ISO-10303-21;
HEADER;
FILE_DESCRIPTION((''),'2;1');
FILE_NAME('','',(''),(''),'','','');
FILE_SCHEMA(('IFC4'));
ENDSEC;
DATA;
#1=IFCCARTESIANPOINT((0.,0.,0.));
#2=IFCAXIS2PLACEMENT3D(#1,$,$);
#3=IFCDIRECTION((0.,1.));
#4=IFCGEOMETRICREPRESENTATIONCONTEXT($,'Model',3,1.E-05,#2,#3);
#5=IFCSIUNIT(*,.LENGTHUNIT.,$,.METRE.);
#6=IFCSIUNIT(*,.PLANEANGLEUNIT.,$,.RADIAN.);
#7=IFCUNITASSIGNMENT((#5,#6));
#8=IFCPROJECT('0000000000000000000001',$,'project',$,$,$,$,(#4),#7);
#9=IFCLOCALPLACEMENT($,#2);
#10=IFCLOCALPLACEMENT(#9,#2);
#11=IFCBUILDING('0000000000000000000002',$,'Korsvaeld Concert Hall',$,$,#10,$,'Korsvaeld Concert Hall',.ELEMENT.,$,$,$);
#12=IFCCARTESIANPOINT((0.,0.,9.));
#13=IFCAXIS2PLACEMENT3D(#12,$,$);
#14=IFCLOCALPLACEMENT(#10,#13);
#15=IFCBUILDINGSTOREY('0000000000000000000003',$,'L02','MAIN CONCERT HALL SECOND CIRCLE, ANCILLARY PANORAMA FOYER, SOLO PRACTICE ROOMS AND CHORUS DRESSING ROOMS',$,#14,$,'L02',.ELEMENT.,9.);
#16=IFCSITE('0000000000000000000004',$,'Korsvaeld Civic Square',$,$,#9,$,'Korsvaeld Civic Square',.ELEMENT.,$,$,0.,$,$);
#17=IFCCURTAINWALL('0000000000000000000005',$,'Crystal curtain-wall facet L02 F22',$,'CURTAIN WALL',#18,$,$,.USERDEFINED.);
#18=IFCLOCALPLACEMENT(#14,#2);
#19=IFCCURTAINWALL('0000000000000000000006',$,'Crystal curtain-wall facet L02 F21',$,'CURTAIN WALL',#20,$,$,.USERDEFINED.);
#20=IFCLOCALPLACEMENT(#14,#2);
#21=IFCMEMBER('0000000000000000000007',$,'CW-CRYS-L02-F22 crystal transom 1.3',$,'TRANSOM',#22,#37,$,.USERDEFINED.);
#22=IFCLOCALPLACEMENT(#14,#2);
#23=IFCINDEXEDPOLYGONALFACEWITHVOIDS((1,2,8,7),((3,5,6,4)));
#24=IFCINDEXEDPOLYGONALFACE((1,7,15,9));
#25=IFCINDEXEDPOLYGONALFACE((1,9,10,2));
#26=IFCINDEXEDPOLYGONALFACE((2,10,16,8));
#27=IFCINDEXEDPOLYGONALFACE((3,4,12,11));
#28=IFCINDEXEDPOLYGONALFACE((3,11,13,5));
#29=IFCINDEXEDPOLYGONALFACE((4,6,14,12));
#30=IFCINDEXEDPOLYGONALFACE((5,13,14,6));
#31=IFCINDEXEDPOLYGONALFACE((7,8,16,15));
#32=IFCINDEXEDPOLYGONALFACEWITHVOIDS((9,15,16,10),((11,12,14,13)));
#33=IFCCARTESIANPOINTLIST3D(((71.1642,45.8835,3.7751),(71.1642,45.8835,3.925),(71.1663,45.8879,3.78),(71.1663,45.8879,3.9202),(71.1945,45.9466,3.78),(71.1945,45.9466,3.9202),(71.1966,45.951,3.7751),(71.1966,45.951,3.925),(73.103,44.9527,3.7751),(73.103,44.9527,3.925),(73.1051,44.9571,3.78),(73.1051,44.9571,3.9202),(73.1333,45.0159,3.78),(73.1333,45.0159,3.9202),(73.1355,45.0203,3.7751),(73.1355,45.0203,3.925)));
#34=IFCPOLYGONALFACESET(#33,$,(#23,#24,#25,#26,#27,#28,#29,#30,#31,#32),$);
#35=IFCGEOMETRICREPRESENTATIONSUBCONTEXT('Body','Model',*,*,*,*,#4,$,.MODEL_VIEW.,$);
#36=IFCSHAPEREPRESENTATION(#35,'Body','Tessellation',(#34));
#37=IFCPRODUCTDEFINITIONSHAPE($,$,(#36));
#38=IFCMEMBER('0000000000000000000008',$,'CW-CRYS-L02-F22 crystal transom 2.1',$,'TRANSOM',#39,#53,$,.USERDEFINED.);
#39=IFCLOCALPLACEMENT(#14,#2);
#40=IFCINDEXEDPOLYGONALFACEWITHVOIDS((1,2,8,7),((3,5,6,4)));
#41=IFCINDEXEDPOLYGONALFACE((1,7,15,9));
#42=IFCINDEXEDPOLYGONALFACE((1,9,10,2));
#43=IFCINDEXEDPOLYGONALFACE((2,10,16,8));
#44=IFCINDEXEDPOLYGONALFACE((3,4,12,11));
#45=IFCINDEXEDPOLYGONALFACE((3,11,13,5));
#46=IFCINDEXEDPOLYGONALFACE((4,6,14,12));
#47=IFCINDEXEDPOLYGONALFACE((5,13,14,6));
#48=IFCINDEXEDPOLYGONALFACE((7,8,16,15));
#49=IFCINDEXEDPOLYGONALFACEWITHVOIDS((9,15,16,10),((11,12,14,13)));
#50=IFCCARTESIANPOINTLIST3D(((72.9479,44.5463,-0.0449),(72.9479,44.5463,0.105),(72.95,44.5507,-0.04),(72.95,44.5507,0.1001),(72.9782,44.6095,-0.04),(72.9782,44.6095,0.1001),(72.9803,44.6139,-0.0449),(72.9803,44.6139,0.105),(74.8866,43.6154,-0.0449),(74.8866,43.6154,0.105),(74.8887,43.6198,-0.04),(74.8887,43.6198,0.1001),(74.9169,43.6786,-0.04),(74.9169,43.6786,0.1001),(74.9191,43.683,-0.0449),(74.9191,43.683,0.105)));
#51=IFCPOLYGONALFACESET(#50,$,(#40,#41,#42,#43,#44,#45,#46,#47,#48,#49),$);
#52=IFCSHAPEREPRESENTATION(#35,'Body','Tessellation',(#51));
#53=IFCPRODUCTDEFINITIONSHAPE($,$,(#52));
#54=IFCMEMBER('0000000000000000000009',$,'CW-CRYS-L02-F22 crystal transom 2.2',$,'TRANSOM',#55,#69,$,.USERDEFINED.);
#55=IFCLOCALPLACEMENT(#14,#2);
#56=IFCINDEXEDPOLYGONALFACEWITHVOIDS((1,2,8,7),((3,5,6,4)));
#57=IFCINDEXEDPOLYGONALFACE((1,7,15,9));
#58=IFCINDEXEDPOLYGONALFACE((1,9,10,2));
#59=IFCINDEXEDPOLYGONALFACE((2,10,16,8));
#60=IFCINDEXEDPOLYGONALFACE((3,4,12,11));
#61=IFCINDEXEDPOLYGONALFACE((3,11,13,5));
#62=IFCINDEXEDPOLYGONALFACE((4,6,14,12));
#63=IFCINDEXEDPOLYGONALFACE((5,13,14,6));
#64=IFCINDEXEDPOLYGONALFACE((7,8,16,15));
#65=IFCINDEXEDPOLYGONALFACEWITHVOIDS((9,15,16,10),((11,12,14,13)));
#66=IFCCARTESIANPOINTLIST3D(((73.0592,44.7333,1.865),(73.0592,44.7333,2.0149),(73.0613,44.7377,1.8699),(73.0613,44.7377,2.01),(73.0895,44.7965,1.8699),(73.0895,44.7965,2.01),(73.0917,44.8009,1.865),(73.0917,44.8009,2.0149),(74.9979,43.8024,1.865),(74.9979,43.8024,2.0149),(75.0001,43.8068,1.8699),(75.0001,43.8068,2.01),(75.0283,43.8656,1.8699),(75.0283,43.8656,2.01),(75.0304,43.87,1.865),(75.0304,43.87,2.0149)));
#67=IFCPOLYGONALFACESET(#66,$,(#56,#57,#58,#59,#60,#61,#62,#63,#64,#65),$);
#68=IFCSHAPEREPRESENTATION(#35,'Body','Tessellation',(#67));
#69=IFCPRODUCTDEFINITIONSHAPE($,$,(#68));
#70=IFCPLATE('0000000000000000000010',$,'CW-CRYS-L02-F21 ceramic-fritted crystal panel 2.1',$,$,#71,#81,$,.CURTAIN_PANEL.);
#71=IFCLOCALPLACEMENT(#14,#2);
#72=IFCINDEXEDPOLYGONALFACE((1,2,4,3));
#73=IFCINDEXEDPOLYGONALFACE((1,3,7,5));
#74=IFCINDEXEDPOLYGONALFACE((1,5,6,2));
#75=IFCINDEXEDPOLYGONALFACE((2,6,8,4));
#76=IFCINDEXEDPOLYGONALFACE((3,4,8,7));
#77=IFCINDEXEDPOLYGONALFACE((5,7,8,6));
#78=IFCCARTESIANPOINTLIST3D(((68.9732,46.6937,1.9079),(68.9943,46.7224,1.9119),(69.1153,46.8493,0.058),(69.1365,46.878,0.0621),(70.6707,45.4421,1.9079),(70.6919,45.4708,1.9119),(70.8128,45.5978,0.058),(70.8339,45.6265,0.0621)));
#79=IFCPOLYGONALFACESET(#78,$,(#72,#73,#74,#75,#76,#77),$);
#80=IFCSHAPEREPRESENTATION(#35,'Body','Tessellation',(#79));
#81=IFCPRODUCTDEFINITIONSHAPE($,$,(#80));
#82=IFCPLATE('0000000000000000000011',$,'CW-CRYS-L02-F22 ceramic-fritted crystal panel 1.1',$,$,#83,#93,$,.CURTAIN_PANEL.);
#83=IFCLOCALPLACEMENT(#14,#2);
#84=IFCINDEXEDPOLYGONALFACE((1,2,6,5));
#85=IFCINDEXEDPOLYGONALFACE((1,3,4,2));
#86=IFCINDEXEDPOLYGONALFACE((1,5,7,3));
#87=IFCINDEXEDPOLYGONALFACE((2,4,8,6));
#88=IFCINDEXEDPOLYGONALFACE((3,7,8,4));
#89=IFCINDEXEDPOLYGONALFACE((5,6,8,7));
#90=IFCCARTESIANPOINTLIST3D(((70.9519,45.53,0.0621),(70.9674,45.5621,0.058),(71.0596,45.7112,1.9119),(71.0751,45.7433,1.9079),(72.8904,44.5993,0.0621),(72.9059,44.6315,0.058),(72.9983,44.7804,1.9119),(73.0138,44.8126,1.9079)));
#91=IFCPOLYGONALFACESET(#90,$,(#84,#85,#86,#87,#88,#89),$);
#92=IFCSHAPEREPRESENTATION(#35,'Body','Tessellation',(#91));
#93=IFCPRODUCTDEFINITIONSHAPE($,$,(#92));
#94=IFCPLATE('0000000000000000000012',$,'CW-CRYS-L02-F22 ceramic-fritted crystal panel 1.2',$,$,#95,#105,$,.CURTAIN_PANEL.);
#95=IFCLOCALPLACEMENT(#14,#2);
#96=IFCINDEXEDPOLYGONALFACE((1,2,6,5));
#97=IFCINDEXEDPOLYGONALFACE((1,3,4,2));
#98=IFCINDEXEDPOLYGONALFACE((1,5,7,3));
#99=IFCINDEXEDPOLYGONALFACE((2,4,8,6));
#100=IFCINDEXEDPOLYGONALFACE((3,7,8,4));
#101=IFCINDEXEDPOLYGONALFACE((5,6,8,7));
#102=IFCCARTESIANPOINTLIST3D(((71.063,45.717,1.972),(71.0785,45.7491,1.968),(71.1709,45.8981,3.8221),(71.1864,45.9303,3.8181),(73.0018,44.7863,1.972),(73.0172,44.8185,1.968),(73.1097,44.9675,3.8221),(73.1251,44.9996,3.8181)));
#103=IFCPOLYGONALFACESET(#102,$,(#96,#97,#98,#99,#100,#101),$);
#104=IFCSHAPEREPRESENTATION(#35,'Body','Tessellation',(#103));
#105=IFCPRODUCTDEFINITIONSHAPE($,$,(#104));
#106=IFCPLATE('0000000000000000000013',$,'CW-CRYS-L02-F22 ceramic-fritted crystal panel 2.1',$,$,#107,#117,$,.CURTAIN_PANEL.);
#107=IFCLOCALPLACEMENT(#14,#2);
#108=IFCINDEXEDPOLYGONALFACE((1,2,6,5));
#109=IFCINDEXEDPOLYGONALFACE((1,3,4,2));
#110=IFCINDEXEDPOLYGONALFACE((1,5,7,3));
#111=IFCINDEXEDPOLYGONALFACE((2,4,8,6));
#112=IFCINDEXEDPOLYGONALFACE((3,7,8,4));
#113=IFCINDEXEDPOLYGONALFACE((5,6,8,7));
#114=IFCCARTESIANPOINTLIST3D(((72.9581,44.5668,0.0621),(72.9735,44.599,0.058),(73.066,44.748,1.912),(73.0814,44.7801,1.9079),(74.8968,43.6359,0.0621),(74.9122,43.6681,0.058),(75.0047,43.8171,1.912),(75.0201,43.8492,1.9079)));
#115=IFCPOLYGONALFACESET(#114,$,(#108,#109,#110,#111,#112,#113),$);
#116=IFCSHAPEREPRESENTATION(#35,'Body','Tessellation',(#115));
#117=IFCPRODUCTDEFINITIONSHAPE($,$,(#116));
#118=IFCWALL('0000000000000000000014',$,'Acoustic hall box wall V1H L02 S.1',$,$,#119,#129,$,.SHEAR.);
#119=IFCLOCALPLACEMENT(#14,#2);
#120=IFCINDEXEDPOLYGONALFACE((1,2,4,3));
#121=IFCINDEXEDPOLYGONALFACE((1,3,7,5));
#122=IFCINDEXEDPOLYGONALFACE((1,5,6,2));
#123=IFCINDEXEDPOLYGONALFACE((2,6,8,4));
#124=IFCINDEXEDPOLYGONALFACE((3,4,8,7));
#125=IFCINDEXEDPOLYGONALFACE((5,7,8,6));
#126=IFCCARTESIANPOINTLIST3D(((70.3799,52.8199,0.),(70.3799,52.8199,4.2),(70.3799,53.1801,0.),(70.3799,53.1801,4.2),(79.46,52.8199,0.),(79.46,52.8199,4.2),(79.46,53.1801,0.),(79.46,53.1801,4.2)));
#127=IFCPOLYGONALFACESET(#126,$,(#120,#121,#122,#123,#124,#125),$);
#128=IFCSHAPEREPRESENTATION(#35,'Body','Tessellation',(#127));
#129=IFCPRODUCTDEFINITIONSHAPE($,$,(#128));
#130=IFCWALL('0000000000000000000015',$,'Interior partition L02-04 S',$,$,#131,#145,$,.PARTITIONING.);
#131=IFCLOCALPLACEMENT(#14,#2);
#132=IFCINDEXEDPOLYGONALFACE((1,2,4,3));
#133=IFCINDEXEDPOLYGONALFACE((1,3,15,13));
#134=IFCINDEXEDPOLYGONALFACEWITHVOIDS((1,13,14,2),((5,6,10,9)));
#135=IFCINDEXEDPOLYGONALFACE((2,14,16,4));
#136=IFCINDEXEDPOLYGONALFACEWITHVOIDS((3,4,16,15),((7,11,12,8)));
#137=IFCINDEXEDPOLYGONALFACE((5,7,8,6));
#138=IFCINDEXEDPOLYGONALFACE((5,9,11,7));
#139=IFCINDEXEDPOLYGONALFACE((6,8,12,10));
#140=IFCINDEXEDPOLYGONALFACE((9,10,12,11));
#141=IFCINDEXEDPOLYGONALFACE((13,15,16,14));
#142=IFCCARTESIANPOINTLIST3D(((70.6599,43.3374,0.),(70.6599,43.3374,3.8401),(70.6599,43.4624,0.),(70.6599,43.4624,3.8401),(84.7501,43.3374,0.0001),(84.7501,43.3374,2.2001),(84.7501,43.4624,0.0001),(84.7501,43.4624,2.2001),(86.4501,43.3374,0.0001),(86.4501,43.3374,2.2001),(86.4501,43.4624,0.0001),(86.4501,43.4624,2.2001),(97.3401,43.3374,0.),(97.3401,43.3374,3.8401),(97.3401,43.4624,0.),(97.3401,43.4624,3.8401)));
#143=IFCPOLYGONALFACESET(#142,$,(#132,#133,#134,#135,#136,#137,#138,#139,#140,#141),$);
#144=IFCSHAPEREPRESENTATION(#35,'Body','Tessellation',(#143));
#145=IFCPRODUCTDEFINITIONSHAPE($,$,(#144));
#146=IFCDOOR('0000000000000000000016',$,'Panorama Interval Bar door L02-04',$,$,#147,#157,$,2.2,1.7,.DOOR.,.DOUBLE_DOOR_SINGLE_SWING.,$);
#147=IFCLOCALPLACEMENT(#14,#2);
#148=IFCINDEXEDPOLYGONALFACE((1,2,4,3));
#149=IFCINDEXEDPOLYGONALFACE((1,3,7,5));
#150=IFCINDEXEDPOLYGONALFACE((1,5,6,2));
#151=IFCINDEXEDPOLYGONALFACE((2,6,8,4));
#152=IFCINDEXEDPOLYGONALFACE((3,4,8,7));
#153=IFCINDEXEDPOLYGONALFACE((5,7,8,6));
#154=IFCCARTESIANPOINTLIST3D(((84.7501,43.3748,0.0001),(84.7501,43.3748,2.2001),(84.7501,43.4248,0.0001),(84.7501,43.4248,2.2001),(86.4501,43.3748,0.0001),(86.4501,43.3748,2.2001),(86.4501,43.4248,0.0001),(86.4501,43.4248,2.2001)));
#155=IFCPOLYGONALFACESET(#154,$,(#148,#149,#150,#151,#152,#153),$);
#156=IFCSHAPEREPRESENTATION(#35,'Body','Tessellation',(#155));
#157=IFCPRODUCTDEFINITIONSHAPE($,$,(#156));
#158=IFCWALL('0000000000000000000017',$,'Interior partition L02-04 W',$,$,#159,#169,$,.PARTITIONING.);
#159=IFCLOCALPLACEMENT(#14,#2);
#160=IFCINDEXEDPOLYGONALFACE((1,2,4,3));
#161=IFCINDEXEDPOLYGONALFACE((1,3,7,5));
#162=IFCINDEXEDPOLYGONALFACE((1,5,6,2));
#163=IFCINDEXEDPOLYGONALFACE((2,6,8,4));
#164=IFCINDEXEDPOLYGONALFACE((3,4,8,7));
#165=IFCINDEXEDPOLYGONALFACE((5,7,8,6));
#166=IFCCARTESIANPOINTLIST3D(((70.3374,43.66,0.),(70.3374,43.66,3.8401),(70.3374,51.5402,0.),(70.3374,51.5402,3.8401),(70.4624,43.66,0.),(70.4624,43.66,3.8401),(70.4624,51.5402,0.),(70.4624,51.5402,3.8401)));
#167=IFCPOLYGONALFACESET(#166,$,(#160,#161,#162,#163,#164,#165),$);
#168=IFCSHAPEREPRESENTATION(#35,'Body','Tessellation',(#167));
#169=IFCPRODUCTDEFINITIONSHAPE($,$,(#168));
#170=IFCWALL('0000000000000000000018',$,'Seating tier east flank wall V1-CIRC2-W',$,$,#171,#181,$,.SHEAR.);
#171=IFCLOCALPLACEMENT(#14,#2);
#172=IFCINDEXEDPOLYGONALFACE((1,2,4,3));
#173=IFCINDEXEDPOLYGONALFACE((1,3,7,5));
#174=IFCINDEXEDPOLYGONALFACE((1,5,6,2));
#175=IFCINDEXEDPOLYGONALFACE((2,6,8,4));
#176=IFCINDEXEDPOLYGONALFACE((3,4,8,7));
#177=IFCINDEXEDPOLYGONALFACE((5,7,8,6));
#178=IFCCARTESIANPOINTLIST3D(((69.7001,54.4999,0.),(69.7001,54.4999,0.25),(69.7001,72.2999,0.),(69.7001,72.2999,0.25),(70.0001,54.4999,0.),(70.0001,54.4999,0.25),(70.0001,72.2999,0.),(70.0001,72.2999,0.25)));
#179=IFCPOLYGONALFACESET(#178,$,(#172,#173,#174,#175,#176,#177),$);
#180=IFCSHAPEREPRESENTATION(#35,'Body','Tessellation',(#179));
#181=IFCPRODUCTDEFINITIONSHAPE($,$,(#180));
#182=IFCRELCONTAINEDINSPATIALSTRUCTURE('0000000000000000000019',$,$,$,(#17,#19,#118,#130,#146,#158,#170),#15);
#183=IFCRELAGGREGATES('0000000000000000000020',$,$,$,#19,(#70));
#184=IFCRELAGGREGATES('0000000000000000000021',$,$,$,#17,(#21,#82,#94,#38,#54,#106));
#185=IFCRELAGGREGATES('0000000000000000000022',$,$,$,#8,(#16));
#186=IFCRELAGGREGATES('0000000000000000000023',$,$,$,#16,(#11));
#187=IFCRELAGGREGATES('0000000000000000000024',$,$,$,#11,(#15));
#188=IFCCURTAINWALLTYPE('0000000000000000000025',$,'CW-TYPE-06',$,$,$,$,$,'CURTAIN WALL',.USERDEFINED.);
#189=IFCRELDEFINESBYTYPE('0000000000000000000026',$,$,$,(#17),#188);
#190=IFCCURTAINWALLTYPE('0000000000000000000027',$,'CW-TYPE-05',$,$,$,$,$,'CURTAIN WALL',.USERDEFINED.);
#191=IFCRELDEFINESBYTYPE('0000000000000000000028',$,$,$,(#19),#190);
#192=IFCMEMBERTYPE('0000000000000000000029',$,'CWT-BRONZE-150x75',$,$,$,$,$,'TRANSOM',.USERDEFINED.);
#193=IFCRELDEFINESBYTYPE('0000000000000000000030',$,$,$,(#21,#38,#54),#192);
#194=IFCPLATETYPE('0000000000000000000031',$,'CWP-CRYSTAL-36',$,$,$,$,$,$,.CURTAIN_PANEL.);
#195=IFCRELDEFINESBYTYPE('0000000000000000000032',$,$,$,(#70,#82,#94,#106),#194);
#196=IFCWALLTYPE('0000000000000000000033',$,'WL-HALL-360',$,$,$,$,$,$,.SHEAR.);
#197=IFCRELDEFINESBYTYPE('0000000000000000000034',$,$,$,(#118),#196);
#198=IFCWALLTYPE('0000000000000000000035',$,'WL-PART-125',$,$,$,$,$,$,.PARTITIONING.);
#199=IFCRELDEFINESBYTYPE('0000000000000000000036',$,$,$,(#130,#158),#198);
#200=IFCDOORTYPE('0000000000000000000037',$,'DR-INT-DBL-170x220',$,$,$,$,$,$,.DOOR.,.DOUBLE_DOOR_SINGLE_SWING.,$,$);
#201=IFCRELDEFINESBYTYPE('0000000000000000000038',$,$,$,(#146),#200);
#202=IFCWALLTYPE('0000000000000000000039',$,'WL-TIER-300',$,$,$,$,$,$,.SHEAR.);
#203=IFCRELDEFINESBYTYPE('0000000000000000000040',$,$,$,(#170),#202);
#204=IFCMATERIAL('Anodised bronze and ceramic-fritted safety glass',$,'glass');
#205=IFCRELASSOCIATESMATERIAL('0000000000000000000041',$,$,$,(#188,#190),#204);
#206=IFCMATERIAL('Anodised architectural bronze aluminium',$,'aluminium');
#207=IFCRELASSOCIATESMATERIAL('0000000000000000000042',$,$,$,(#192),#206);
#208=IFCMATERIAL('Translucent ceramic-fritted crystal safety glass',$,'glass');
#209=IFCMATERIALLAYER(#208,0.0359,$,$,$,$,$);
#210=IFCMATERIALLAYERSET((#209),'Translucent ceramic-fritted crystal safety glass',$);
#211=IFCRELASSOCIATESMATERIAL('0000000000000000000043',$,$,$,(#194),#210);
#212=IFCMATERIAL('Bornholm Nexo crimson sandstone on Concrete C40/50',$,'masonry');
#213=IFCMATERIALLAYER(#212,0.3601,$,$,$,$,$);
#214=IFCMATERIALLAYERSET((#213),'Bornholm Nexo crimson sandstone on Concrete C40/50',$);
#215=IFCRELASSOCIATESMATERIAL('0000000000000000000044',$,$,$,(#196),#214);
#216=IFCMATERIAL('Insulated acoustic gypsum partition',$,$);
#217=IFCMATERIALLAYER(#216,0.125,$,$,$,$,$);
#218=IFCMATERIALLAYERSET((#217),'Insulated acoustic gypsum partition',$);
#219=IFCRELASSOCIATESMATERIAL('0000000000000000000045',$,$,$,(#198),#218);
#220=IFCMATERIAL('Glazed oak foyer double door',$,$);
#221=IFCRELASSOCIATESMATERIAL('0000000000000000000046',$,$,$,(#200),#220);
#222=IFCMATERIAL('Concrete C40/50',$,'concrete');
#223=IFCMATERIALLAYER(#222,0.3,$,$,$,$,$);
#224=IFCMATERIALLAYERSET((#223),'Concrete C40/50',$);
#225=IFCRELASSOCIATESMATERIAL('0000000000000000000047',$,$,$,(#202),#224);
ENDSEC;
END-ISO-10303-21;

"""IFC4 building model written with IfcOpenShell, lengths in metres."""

from ifc_helpers import new_model, si_unit, direction, frame, frame_2d, origin, origin_2d, place, context, subcontext, project, spatial, polyline, rectangle, hollow_rectangle, outline, extrude, material, layer, layer_set, material_profile, profile_set, type_object, element, fill, aggregate, save


model = new_model("IFC4")

# Units and contexts
model_context = context("Model", 3, precision=1e-05, world=origin(), true_north=direction((0.0, 1.0)))
body_context = subcontext(model_context, "Body", "Model", "MODEL_VIEW")
ifc_project = project(units=[si_unit("LENGTHUNIT", "METRE"), si_unit("PLANEANGLEUNIT", "RADIAN")], contexts=[model_context])

# Site, building, storey
site_placement = place(None, origin())
site = spatial("IfcSite", under=ifc_project, at=site_placement, Name="Korsvaeld Civic Square", LongName="Korsvaeld Civic Square", CompositionType="ELEMENT", RefElevation=0.0)
building_placement = place(site_placement, origin())
building = spatial("IfcBuilding", under=site, at=building_placement, Name="Korsvaeld Concert Hall", LongName="Korsvaeld Concert Hall", CompositionType="ELEMENT")
storey_placement = place(building_placement, frame((0.0, 0.0, 9.0)))
storey = spatial("IfcBuildingStorey", under=building, at=storey_placement, Name="L02", Description="MAIN CONCERT HALL SECOND CIRCLE, ANCILLARY PANORAMA FOYER, SOLO PRACTICE ROOMS AND CHORUS DRESSING ROOMS", LongName="L02", CompositionType="ELEMENT", Elevation=9.0)

# Shared definitions
ifc_material_1 = material(Name="Concrete C40/50", Category="concrete")

# Curtain walls
ifc_material_2 = material(Name="Anodised bronze and ceramic-fritted safety glass", Category="glass")
curtain_wall_type_1 = type_object("IfcCurtainWallType", Name="CW-TYPE-06", ElementType="CURTAIN WALL", PredefinedType="USERDEFINED", material=ifc_material_2)
curtain_wall_1_placement = place(storey_placement, origin())
curtain_wall_1 = element("IfcCurtainWall", 1, at=curtain_wall_1_placement, inside=storey, type_object=curtain_wall_type_1, Name="Crystal curtain-wall facet L02 F22", ObjectType="CURTAIN WALL", PredefinedType="USERDEFINED")
ifc_material_3 = material(Name="Anodised architectural bronze aluminium", Category="aluminium")
curtain_wall_type_2 = type_object("IfcCurtainWallType", Name="CW-TYPE-05", ElementType="CURTAIN WALL", PredefinedType="USERDEFINED", material=ifc_material_2)
curtain_wall_2_placement = place(storey_placement, origin())
curtain_wall_2 = element("IfcCurtainWall", 2, at=curtain_wall_2_placement, inside=storey, type_object=curtain_wall_type_2, Name="Crystal curtain-wall facet L02 F21", ObjectType="CURTAIN WALL", PredefinedType="USERDEFINED")
ifc_material_profile_1 = material_profile(ifc_material_3, hollow_rectangle(XDim=0.075, YDim=0.1499, WallThickness=0.0049, at=origin_2d()), Name="CWT 150x75x5")
ifc_profile_set_1 = profile_set([ifc_material_profile_1], Name="Anodised architectural bronze aluminium")
member_type_1 = type_object("IfcMemberType", Name="CWT-BRONZE-150x75", ElementType="TRANSOM", PredefinedType="USERDEFINED", material=ifc_profile_set_1)

# Members
member_1_placement = place(storey_placement, frame((71.1804, 45.9172, 3.8501), z_axis=(0.901509, -0.432761, 0.0), x_axis=(0.432761, 0.901509, 0.0)))
member_1 = element("IfcMember", 3, at=member_1_placement, type_object=member_type_1, Name="CW-CRYS-L02-F22 crystal transom 1.3", ObjectType="TRANSOM", PredefinedType="USERDEFINED", context=body_context, shape_type="SweptSolid", body=[
    extrude(hollow_rectangle(XDim=0.075, YDim=0.1499, WallThickness=0.0049, at=origin_2d()), origin(), (0.0, 0.0, 1.0), 2.1506),
])
member_2_placement = place(storey_placement, frame((72.9641, 44.5801, 0.03), z_axis=(0.901465, -0.432853, 0.0), x_axis=(0.432853, 0.901465, 0.0)))
member_2 = element("IfcMember", 4, at=member_2_placement, type_object=member_type_1, Name="CW-CRYS-L02-F22 crystal transom 2.1", ObjectType="TRANSOM", PredefinedType="USERDEFINED", context=body_context, shape_type="SweptSolid", body=[
    extrude(hollow_rectangle(XDim=0.075, YDim=0.1499, WallThickness=0.0049, at=origin_2d()), origin(), (0.0, 0.0, 1.0), 2.1506),
])
member_3_placement = place(storey_placement, frame((73.0754, 44.7671, 1.9399), z_axis=(0.901465, -0.432853, 0.0), x_axis=(0.432853, 0.901465, 0.0)))
member_3 = element("IfcMember", 5, at=member_3_placement, type_object=member_type_1, Name="CW-CRYS-L02-F22 crystal transom 2.2", ObjectType="TRANSOM", PredefinedType="USERDEFINED", context=body_context, shape_type="SweptSolid", body=[
    extrude(hollow_rectangle(XDim=0.075, YDim=0.1499, WallThickness=0.0049, at=origin_2d()), origin(), (0.0, 0.0, 1.0), 2.1506),
])

# Plates
ifc_material_4 = material(Name="Translucent ceramic-fritted crystal safety glass", Category="glass")
ifc_layer_1 = layer(ifc_material_4, 0.0359)
ifc_layer_set_1 = layer_set([ifc_layer_1], Name="Translucent ceramic-fritted crystal safety glass")
plate_type = type_object("IfcPlateType", Name="CWP-CRYSTAL-36", PredefinedType="CURTAIN_PANEL", material=ifc_layer_set_1)
plate_1_placement = place(storey_placement, frame((69.126, 46.8638, 0.0601), z_axis=(-0.589669, -0.79976, -0.112582), x_axis=(0.804877, -0.593441, -0.000005)))
plate_1 = element("IfcPlate", 6, at=plate_1_placement, type_object=plate_type, Name="CW-CRYS-L02-F21 ceramic-fritted crystal panel 2.1", PredefinedType="CURTAIN_PANEL", context=body_context, shape_type="SweptSolid", body=[
    extrude(outline(polyline([(0.0, 0.0), (2.109, 0.0), (2.087, 1.8617), (-0.0221, 1.8617), (0.0, 0.0)])), frame((0.0, 0.0, 0.0181)), (0.0, 0.0, -1.0), 0.0359),
])
aggregate(curtain_wall_2, [plate_1])
plate_2_placement = place(storey_placement, frame((70.9597, 45.5461, 0.0601), z_axis=(-0.430022, -0.895747, 0.112775), x_axis=(0.901498, -0.432783, -0.000003)))
plate_2 = element("IfcPlate", 7, at=plate_2_placement, type_object=plate_type, Name="CW-CRYS-L02-F22 ceramic-fritted crystal panel 1.1", PredefinedType="CURTAIN_PANEL", context=body_context, shape_type="SweptSolid", body=[
    extrude(outline(polyline([(0.0, 0.0), (2.1503, 0.0), (2.1692, 1.8617), (0.0187, 1.8617), (0.0, 0.0)])), frame((0.0, 0.0, 0.0181)), (0.0, 0.0, -1.0), 0.0359),
])
plate_3_placement = place(storey_placement, frame((71.0708, 45.7332, 1.97), z_axis=(-0.429999, -0.895756, 0.112788), x_axis=(0.901509, -0.432761, 0.0)))
plate_3 = element("IfcPlate", 8, at=plate_3_placement, type_object=plate_type, Name="CW-CRYS-L02-F22 ceramic-fritted crystal panel 1.2", PredefinedType="CURTAIN_PANEL", context=body_context, shape_type="SweptSolid", body=[
    extrude(outline(polyline([(0.0, 0.0), (2.1505, 0.0), (2.1694, 1.862), (0.0189, 1.862), (0.0, 0.0)])), frame((0.0, 0.0, 0.0181)), (0.0, 0.0, -1.0), 0.0359),
])
plate_4_placement = place(storey_placement, frame((72.9658, 44.583, 0.0601), z_axis=(-0.43009, -0.895711, 0.112804), x_axis=(0.901465, -0.432853, 0.0)))
plate_4 = element("IfcPlate", 9, at=plate_4_placement, type_object=plate_type, Name="CW-CRYS-L02-F22 ceramic-fritted crystal panel 2.1", PredefinedType="CURTAIN_PANEL", context=body_context, shape_type="SweptSolid", body=[
    extrude(outline(polyline([(0.0, 0.0), (2.1506, 0.0), (2.1695, 1.8617), (0.0189, 1.8617), (0.0, 0.0)])), frame((0.0, 0.0, 0.0181)), (0.0, 0.0, -1.0), 0.0359),
])
aggregate(curtain_wall_1, [member_1, plate_2, plate_3, member_2, member_3, plate_4])

# Wall
ifc_material_5 = material(Name="Bornholm Nexo crimson sandstone on Concrete C40/50", Category="masonry")
ifc_layer_2 = layer(ifc_material_5, 0.3601)
ifc_layer_set_2 = layer_set([ifc_layer_2], Name="Bornholm Nexo crimson sandstone on Concrete C40/50")
wall_type_1 = type_object("IfcWallType", Name="WL-HALL-360", PredefinedType="SHEAR", material=ifc_layer_set_2)
wall_1_placement = place(storey_placement, frame((70.3799, 53.0, 0.0), z_axis=(0.0, 0.0, 1.0), x_axis=(1.0, 0.0, 0.0)))
element("IfcWall", 10, at=wall_1_placement, inside=storey, type_object=wall_type_1, Name="Acoustic hall box wall V1H L02 S.1", PredefinedType="SHEAR", context=body_context, shape_type="SweptSolid", body=[
    extrude(rectangle(XDim=9.0801, YDim=0.3601, at=frame_2d((4.54, 0.0))), origin(), (0.0, 0.0, 1.0), 4.2),
])

# Wall, opening, door
ifc_material_6 = material(Name="Insulated acoustic gypsum partition")
ifc_layer_3 = layer(ifc_material_6, 0.125)
ifc_layer_set_3 = layer_set([ifc_layer_3], Name="Insulated acoustic gypsum partition")
wall_type_2 = type_object("IfcWallType", Name="WL-PART-125", PredefinedType="PARTITIONING", material=ifc_layer_set_3)
wall_2_placement = place(storey_placement, frame((70.6599, 43.3999, 0.0), z_axis=(0.0, 0.0, 1.0), x_axis=(1.0, 0.0, 0.0)))
wall_2 = element("IfcWall", 11, at=wall_2_placement, inside=storey, type_object=wall_type_2, Name="Interior partition L02-04 S", PredefinedType="PARTITIONING", context=body_context, shape_type="SweptSolid", body=[
    extrude(rectangle(XDim=26.6802, YDim=0.125, at=frame_2d((13.3401, 0.0))), origin(), (0.0, 0.0, 1.0), 3.8401),
])
opening_placement = place(wall_2_placement, frame((14.0901, 0.0, 0.0)))
opening = element("IfcOpeningElement", 12, at=opening_placement, cuts=wall_2, PredefinedType="OPENING", context=body_context, shape_type="SweptSolid", body=[
    extrude(rectangle(XDim=1.7, YDim=2.2, at=frame_2d((0.8501, 1.1001))), frame((0.0, 0.0725, 0.0), z_axis=(0.0, -1.0, 0.0), x_axis=(1.0, 0.0, 0.0)), (0.0, 0.0, 1.0), 0.145),
])
ifc_material_7 = material(Name="Glazed oak foyer double door")
door_type = type_object("IfcDoorType", Name="DR-INT-DBL-170x220", OperationType="DOUBLE_DOOR_SINGLE_SWING", PredefinedType="DOOR", material=ifc_material_7)
door_placement = place(opening_placement, origin())
door = element("IfcDoor", 13, at=door_placement, inside=storey, type_object=door_type, Name="Panorama Interval Bar door L02-04", OperationType="DOUBLE_DOOR_SINGLE_SWING", OverallHeight=2.2, OverallWidth=1.7, PredefinedType="DOOR", context=body_context, shape_type="SweptSolid", body=[
    extrude(rectangle(XDim=1.7, YDim=2.2, at=frame_2d((0.8501, 1.1001))), frame((0.0, 0.0249, 0.0), z_axis=(0.0, -1.0, 0.0), x_axis=(1.0, 0.0, 0.0)), (0.0, 0.0, 1.0), 0.05),
])
fill(opening, door)

# Walls
wall_3_placement = place(storey_placement, frame((70.3999, 51.54, 0.0), z_axis=(0.0, 0.0, 1.0), x_axis=(0.0, -1.0, 0.0)))
element("IfcWall", 14, at=wall_3_placement, inside=storey, type_object=wall_type_2, Name="Interior partition L02-04 W", PredefinedType="PARTITIONING", context=body_context, shape_type="SweptSolid", body=[
    extrude(rectangle(XDim=7.8801, YDim=0.125, at=frame_2d((3.9399, 0.0))), origin(), (0.0, 0.0, 1.0), 3.8401),
])
ifc_layer_4 = layer(ifc_material_1, 0.3)
ifc_layer_set_4 = layer_set([ifc_layer_4], Name="Concrete C40/50")
wall_type_3 = type_object("IfcWallType", Name="WL-TIER-300", PredefinedType="SHEAR", material=ifc_layer_set_4)
wall_4_placement = place(storey_placement, frame((69.8501, 54.5, 0.0), z_axis=(0.0, 0.0, 1.0), x_axis=(0.0, 1.0, 0.0)))
element("IfcWall", 15, at=wall_4_placement, inside=storey, type_object=wall_type_3, Name="Seating tier east flank wall V1-CIRC2-W", PredefinedType="SHEAR", context=body_context, shape_type="SweptSolid", body=[
    extrude(rectangle(XDim=17.8, YDim=0.3, at=frame_2d((8.8999, 0.0))), origin(), (0.0, 0.0, 1.0), 0.25),
])

save(model, "model.ifc")
